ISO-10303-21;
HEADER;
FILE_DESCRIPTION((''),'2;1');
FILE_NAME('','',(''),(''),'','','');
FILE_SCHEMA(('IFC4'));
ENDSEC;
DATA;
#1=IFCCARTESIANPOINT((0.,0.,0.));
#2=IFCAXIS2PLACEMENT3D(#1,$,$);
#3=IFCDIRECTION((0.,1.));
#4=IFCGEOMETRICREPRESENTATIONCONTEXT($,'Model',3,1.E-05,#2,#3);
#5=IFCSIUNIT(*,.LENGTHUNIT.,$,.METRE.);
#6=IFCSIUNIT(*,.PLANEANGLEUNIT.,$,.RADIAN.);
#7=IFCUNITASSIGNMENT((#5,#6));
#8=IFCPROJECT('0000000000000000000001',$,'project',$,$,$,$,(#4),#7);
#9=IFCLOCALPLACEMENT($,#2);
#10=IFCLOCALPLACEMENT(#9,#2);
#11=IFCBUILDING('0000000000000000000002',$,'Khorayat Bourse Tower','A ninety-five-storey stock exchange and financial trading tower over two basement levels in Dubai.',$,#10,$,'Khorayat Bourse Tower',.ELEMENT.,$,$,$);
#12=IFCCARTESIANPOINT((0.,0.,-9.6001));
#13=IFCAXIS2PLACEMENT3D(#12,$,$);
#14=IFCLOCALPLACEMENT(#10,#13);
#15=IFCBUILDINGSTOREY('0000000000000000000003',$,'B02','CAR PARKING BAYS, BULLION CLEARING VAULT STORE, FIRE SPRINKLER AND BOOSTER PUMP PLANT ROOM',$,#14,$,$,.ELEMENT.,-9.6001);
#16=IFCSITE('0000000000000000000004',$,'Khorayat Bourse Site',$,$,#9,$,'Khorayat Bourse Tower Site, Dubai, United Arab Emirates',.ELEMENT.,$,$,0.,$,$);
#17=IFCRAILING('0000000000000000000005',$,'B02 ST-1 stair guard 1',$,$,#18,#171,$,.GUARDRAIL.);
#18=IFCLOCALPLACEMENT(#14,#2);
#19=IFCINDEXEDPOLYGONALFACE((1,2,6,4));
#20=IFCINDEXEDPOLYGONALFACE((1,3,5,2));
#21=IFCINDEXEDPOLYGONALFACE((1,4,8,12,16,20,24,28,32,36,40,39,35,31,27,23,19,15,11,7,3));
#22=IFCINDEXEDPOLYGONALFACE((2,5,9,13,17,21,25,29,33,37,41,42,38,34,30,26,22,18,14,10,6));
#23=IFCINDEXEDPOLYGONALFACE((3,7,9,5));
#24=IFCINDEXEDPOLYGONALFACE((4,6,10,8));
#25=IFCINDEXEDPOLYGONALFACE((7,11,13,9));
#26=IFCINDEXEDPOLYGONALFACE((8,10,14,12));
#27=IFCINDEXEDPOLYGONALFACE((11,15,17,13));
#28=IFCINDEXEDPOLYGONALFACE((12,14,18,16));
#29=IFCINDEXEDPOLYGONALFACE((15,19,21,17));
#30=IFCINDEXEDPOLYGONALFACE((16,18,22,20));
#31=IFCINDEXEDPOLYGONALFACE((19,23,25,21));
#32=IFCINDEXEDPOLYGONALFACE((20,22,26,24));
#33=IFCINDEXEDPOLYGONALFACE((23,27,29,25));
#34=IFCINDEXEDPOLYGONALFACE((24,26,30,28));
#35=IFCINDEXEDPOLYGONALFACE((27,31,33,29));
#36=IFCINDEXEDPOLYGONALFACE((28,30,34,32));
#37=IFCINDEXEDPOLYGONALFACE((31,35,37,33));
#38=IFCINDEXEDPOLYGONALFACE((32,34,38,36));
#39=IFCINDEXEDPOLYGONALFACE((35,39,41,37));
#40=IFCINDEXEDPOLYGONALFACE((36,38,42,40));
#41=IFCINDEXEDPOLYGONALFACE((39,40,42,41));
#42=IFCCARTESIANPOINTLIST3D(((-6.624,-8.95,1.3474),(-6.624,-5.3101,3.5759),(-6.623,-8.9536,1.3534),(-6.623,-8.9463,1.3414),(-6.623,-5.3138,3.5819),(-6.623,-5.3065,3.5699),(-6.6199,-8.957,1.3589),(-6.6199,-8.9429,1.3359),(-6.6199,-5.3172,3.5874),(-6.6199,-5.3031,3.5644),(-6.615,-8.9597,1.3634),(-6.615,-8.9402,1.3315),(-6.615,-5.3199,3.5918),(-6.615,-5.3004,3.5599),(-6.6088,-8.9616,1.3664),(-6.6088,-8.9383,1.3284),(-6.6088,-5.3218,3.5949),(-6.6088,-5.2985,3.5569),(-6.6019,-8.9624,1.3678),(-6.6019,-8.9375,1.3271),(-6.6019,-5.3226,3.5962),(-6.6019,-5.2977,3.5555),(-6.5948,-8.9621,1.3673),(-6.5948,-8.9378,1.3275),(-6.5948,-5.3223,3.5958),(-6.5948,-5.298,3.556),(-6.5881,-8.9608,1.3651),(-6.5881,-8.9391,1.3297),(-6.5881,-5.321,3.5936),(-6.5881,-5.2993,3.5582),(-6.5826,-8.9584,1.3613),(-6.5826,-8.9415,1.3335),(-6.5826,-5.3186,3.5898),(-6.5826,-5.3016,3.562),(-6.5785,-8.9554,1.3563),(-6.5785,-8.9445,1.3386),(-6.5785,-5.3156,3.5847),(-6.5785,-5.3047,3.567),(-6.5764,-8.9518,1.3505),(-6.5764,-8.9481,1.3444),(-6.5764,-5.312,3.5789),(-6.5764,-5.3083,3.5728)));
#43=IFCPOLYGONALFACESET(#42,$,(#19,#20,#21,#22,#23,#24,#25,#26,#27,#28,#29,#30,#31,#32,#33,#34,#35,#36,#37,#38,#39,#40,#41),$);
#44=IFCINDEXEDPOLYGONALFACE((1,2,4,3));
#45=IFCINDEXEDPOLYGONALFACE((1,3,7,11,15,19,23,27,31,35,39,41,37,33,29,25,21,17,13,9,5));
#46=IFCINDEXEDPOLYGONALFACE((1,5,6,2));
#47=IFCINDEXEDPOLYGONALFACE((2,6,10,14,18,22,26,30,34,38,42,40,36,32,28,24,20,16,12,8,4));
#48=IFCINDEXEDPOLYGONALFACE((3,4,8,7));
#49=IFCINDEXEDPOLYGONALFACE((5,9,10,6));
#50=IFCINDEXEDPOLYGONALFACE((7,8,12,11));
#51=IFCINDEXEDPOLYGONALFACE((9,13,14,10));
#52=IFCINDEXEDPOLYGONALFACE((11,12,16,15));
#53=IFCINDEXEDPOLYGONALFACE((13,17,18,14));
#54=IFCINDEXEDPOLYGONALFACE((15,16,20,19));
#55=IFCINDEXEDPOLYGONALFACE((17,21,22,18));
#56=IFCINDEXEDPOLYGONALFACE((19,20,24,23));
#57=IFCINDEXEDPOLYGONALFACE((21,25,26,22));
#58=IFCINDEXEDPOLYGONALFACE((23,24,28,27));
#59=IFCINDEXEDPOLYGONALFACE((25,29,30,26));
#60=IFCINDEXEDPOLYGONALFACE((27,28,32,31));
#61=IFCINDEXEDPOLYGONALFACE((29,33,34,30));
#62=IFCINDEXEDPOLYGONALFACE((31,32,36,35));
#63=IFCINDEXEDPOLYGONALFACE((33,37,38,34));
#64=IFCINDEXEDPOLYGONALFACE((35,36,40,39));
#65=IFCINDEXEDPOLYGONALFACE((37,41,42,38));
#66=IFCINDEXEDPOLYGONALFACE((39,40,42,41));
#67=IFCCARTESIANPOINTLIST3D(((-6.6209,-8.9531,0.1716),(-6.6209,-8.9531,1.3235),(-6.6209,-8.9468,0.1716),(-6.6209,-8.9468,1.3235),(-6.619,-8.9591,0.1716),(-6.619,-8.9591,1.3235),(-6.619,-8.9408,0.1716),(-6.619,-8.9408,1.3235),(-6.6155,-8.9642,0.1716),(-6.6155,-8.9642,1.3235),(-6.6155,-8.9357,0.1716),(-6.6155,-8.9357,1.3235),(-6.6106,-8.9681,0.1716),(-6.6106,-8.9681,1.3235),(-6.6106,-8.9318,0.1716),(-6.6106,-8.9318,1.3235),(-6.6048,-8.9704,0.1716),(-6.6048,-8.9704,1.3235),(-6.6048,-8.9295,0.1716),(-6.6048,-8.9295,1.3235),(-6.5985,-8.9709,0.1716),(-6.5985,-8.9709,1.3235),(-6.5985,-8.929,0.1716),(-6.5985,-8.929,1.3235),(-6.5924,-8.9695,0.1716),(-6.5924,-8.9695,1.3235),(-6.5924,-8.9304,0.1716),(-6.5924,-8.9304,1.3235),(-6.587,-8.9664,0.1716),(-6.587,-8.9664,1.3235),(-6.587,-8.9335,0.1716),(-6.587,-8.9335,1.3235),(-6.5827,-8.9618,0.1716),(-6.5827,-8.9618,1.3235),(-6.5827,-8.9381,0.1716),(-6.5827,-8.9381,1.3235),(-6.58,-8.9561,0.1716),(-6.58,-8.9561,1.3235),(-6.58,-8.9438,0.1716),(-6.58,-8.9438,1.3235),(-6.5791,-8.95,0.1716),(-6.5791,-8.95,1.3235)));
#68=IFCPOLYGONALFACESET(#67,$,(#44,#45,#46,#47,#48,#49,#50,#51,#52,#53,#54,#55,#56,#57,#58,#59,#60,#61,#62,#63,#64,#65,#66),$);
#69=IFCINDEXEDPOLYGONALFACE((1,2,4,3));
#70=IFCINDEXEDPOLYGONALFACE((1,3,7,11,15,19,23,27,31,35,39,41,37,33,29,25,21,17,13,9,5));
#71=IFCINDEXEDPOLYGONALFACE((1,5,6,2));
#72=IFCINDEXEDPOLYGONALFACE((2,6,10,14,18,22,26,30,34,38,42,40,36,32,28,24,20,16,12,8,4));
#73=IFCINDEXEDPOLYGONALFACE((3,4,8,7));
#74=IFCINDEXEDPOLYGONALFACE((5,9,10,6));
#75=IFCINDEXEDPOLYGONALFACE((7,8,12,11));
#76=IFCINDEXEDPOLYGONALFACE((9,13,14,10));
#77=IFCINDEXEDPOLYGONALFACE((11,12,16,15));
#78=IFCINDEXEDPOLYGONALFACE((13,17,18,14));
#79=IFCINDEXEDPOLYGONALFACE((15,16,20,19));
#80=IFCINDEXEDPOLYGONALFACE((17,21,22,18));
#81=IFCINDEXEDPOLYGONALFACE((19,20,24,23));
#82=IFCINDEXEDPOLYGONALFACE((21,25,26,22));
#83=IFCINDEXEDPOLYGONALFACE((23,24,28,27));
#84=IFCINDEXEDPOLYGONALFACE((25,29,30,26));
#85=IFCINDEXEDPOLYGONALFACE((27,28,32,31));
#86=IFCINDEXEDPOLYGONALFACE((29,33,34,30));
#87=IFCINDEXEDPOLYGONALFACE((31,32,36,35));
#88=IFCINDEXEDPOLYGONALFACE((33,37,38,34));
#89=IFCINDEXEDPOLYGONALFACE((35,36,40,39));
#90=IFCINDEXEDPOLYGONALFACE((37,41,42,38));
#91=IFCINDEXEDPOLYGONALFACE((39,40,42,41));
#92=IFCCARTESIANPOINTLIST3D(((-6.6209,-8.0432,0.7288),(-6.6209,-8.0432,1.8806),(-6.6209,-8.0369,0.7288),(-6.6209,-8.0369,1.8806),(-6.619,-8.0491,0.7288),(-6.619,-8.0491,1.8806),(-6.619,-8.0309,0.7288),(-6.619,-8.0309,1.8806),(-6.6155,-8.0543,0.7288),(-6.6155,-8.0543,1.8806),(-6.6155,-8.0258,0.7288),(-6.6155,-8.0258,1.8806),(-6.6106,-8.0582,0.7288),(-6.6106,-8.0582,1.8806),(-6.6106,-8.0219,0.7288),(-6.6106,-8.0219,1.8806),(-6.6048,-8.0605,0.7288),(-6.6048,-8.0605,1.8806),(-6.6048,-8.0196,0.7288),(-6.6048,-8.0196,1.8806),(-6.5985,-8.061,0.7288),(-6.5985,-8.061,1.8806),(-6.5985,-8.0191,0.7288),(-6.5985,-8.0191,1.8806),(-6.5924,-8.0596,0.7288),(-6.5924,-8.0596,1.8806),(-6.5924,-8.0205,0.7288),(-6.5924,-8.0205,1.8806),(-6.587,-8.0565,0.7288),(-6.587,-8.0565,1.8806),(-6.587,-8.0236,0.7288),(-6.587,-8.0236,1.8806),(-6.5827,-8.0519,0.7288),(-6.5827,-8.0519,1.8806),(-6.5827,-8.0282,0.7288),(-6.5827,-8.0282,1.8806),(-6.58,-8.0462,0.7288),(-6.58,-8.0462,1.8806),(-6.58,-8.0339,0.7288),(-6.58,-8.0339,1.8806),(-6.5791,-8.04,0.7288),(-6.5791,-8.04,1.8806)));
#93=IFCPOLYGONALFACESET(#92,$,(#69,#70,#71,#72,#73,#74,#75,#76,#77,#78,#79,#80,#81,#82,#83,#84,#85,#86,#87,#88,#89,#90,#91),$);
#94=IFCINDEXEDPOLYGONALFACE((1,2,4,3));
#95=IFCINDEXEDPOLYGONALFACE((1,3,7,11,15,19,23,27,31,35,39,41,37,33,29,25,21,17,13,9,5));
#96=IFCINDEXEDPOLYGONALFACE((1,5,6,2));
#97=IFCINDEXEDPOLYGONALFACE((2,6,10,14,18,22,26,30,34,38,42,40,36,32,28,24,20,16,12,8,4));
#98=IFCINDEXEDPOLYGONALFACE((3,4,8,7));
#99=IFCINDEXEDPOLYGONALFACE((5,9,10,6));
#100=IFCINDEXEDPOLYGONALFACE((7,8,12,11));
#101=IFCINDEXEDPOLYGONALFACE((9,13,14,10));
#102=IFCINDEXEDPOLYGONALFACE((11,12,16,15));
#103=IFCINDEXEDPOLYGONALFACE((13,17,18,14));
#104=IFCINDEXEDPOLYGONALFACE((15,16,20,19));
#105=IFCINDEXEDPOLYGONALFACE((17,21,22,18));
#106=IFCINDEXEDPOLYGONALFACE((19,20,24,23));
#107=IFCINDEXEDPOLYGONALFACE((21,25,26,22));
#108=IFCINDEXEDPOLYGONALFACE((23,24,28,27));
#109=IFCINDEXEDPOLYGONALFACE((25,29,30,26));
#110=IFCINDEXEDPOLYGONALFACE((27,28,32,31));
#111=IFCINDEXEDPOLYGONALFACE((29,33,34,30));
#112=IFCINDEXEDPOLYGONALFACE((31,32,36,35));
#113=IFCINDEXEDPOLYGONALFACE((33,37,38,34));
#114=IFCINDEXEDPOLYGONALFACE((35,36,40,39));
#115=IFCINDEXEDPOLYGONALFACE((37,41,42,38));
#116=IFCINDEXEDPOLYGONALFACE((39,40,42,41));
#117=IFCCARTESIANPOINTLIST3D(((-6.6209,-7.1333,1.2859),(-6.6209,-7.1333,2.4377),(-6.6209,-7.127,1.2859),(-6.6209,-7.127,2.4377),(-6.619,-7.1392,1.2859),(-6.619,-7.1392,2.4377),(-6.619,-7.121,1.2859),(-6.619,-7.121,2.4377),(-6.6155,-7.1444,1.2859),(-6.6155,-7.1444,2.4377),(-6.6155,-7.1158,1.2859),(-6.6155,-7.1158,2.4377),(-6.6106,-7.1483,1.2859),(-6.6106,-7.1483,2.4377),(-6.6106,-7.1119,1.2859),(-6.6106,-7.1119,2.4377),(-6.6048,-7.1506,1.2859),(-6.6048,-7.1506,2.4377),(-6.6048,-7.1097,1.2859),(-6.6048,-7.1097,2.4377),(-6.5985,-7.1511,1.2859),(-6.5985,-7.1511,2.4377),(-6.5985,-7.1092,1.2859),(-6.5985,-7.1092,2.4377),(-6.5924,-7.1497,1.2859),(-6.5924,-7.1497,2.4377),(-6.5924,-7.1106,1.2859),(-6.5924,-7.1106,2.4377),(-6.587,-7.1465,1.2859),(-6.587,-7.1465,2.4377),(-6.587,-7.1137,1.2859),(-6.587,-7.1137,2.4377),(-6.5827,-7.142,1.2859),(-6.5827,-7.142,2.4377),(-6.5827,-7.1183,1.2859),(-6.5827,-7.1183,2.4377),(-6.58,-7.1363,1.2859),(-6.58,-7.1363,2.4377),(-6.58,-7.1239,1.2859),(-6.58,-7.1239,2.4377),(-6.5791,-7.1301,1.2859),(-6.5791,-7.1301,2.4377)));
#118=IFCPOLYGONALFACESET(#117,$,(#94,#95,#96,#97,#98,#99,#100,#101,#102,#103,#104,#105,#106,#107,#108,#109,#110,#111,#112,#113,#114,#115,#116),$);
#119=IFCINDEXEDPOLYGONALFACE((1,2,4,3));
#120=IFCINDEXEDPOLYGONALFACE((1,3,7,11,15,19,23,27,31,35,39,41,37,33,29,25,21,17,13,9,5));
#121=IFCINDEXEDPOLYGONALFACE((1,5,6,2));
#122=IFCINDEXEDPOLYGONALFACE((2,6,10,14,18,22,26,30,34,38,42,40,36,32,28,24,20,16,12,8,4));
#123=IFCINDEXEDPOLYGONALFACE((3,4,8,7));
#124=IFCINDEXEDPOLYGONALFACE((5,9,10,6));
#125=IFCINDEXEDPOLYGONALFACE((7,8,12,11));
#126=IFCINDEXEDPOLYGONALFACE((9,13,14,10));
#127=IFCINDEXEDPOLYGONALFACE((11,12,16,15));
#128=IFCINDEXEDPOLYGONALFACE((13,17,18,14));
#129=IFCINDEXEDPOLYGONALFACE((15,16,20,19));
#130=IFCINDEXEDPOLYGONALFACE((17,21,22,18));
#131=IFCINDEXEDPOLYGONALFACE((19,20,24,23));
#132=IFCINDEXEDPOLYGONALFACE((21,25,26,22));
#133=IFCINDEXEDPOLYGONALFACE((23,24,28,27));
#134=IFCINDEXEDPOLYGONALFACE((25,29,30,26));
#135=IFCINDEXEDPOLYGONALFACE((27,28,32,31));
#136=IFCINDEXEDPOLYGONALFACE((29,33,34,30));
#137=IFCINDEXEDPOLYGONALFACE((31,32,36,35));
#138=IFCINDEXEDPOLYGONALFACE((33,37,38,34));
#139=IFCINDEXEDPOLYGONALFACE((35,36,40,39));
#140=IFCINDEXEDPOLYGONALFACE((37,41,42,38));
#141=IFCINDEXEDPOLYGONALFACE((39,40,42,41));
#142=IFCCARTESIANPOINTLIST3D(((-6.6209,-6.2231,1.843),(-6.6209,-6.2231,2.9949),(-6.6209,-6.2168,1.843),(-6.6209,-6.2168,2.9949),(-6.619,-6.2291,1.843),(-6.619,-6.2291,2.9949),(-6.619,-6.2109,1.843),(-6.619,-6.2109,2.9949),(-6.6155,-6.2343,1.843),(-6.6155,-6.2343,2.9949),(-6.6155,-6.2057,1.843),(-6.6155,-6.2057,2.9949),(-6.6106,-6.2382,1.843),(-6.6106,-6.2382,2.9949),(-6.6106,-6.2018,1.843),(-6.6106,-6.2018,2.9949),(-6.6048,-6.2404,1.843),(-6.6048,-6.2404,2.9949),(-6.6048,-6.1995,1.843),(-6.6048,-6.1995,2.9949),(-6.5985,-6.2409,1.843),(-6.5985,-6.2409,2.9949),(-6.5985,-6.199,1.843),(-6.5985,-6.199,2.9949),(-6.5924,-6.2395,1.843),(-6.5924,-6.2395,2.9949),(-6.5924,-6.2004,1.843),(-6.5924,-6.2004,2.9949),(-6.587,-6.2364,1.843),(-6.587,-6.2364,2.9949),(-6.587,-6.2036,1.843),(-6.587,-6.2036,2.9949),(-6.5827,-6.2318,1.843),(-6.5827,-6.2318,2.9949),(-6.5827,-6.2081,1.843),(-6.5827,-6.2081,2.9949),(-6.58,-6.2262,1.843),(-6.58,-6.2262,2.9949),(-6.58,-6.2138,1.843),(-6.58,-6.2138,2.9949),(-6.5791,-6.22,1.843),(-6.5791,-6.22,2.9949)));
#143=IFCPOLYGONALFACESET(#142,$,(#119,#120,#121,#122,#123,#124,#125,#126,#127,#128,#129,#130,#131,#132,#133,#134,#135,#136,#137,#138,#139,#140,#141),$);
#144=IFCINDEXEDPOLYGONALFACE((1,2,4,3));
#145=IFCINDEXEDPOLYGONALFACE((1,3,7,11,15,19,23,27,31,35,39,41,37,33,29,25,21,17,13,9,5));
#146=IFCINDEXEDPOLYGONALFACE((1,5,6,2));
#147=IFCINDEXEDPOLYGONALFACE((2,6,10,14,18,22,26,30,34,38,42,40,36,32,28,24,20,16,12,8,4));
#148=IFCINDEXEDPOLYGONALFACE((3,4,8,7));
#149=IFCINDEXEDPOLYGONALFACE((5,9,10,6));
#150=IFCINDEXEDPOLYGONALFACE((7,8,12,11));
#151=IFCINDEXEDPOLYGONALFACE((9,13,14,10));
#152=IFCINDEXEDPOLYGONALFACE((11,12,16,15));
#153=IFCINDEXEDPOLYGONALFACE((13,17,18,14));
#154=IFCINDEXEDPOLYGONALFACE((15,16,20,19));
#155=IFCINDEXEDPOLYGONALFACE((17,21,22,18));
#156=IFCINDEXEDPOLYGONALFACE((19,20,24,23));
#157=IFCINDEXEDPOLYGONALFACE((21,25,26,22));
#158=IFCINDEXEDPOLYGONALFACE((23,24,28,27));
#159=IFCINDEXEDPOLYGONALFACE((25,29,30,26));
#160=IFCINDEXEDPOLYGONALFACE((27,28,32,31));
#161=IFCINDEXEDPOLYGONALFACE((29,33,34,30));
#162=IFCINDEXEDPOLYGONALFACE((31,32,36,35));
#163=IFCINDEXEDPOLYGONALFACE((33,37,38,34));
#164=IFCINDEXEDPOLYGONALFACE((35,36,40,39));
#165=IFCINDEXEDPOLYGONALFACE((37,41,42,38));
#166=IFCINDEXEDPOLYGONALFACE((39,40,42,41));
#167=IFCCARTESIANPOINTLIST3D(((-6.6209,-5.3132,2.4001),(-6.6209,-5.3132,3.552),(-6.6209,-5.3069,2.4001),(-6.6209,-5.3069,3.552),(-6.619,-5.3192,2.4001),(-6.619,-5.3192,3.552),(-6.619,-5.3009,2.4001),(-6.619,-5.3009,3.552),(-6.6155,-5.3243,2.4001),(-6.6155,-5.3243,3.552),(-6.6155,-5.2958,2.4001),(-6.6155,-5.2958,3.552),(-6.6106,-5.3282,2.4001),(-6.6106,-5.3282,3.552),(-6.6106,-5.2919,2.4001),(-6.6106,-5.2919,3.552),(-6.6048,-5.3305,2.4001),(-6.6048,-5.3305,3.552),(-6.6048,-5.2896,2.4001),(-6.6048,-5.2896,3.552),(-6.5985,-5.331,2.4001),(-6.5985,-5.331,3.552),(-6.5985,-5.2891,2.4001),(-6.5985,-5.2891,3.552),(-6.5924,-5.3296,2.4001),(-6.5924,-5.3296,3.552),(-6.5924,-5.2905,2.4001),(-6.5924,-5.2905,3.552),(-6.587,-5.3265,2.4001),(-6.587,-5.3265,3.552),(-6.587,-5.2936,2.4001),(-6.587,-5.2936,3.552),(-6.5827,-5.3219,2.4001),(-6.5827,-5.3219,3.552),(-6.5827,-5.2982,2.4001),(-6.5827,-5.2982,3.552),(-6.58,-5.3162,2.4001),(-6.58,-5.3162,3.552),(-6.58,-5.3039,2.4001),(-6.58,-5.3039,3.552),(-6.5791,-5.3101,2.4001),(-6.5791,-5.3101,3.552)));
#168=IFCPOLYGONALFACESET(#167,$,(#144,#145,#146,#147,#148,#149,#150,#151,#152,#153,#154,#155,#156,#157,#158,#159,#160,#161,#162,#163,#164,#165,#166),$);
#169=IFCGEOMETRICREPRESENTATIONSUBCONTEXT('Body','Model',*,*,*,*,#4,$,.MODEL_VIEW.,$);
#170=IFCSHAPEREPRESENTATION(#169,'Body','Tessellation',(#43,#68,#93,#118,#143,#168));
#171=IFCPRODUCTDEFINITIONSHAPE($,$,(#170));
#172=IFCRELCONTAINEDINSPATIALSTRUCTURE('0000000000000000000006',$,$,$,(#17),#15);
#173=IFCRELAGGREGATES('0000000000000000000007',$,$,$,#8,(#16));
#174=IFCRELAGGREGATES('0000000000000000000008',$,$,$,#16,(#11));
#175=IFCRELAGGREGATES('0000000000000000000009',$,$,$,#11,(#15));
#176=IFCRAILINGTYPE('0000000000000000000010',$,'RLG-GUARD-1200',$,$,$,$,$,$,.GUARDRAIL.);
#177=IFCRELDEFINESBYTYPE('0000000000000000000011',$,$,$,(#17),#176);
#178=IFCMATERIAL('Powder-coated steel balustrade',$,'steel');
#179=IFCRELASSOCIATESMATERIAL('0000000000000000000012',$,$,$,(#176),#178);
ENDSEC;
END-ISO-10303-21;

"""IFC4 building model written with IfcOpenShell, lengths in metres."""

from ifc_helpers import new_model, si_unit, direction, frame, origin, origin_2d, place, context, subcontext, project, spatial, circle, extrude, source, transform, mapped, material, type_object, element, save


model = new_model("IFC4")

# Units and contexts
model_context = context("Model", 3, precision=1e-05, world=origin(), true_north=direction((0.0, 1.0)))
body_context = subcontext(model_context, "Body", "Model", "MODEL_VIEW")
ifc_project = project(units=[si_unit("LENGTHUNIT", "METRE"), si_unit("PLANEANGLEUNIT", "RADIAN")], contexts=[model_context])

# Site, building, storey
site_placement = place(None, origin())
site = spatial("IfcSite", under=ifc_project, at=site_placement, Name="Khorayat Bourse Site", LongName="Khorayat Bourse Tower Site, Dubai, United Arab Emirates", CompositionType="ELEMENT", RefElevation=0.0)
building_placement = place(site_placement, origin())
building = spatial("IfcBuilding", under=site, at=building_placement, Name="Khorayat Bourse Tower", Description="A ninety-five-storey stock exchange and financial trading tower over two basement levels in Dubai.", LongName="Khorayat Bourse Tower", CompositionType="ELEMENT")
storey_placement = place(building_placement, frame((0.0, 0.0, -9.6001)))
storey = spatial("IfcBuildingStorey", under=building, at=storey_placement, Name="B02", Description="CAR PARKING BAYS, BULLION CLEARING VAULT STORE, FIRE SPRINKLER AND BOOSTER PUMP PLANT ROOM", CompositionType="ELEMENT", Elevation=-9.6001)

# Railing
ifc_material_1 = material(Name="Powder-coated steel balustrade", Category="steel")
railing_type_1 = type_object("IfcRailingType", Name="RLG-GUARD-1200", PredefinedType="GUARDRAIL", material=ifc_material_1)
shared_shape_1 = source(origin(), body_context, "Body", "SweptSolid", [
    extrude(circle(Radius=0.0239, at=origin_2d()), frame((0.0, 0.0, 1.1758), z_axis=(0.0, 0.85285, 0.522156), x_axis=(-1.0, 0.0, 0.0)), (0.0, 0.0, 1.0), 4.2678),
    extrude(circle(Radius=0.021, at=origin_2d()), origin(), (0.0, 0.0, 1.0), 1.1519),
    extrude(circle(Radius=0.021, at=origin_2d()), frame((0.0, 0.9099, 0.5571)), (0.0, 0.0, 1.0), 1.1519),
    extrude(circle(Radius=0.021, at=origin_2d()), frame((0.0, 1.8198, 1.1143)), (0.0, 0.0, 1.0), 1.1519),
    extrude(circle(Radius=0.021, at=origin_2d()), frame((0.0, 2.73, 1.6714)), (0.0, 0.0, 1.0), 1.1519),
    extrude(circle(Radius=0.021, at=origin_2d()), frame((0.0, 3.6399, 2.2285)), (0.0, 0.0, 1.0), 1.1519),
])
railing_1_placement = place(storey_placement, frame((-6.6001, -8.95, 0.1716)))
element("IfcRailing", 1, at=railing_1_placement, inside=storey, type_object=railing_type_1, Name="B02 ST-1 stair guard 1", PredefinedType="GUARDRAIL", context=body_context, shape_type="MappedRepresentation", body=[
    mapped(shared_shape_1, transform((0.0, 0.0, 0.0), scale=1.0)),
])

save(model, "model.ifc")
